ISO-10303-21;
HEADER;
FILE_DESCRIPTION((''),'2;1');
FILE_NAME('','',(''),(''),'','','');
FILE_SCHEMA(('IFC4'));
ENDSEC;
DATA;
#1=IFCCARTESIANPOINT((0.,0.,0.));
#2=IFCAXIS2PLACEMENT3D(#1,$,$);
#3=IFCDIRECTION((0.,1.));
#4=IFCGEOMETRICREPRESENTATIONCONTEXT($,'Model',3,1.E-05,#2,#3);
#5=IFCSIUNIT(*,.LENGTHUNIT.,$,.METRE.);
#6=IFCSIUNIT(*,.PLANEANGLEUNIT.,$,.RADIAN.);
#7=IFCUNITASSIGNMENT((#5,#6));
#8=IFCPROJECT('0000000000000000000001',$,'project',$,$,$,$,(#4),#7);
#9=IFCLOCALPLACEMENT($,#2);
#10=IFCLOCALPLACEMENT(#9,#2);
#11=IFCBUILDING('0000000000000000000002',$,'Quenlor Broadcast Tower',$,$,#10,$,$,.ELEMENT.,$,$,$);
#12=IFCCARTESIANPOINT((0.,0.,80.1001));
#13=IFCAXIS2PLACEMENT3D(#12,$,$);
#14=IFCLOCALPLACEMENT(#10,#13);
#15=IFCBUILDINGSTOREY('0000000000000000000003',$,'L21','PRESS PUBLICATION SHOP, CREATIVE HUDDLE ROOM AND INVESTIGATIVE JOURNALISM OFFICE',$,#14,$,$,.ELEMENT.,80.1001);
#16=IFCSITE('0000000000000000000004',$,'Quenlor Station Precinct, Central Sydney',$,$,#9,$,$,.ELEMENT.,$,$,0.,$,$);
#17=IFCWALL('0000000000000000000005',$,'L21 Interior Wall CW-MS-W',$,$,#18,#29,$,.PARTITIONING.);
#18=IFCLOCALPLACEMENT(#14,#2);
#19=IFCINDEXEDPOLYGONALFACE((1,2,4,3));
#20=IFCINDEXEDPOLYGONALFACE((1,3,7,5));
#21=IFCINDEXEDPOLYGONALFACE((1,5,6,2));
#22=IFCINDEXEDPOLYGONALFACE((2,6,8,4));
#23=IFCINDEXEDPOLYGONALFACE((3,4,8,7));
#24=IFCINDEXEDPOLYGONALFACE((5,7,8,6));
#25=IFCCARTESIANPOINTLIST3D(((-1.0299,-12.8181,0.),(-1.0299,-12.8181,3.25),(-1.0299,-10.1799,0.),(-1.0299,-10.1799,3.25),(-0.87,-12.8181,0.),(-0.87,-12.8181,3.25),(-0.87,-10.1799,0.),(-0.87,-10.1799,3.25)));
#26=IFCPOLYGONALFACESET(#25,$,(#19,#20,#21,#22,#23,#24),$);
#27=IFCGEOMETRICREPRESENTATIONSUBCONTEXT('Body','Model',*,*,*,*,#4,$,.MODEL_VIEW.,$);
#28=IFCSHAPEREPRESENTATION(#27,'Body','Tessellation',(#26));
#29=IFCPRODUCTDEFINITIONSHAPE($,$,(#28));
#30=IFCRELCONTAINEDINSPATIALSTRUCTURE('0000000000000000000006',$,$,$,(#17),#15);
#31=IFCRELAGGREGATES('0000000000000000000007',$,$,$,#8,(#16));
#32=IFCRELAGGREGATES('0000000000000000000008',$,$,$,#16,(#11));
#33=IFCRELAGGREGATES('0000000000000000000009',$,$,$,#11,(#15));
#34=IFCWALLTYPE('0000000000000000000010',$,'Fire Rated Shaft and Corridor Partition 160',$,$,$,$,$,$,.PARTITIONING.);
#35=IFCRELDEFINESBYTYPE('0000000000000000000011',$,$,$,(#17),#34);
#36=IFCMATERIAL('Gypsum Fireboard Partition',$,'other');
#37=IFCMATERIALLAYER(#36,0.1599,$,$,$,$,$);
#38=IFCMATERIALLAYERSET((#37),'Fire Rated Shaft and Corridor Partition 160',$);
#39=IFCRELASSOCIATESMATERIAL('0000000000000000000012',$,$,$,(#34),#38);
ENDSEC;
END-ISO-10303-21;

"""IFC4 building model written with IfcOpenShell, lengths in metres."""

from ifc_helpers import new_model, si_unit, direction, frame, frame_2d, origin, place, context, subcontext, project, spatial, rectangle, extrude, material, layer, layer_set, type_object, element, save


model = new_model("IFC4")

# Units and contexts
model_context = context("Model", 3, precision=1e-05, world=origin(), true_north=direction((0.0, 1.0)))
body_context = subcontext(model_context, "Body", "Model", "MODEL_VIEW")
ifc_project = project(units=[si_unit("LENGTHUNIT", "METRE"), si_unit("PLANEANGLEUNIT", "RADIAN")], contexts=[model_context])

# Site, building, storey
site_placement = place(None, origin())
site = spatial("IfcSite", under=ifc_project, at=site_placement, Name="Quenlor Station Precinct, Central Sydney", CompositionType="ELEMENT", RefElevation=0.0)
building_placement = place(site_placement, origin())
building = spatial("IfcBuilding", under=site, at=building_placement, Name="Quenlor Broadcast Tower", CompositionType="ELEMENT")
storey_placement = place(building_placement, frame((0.0, 0.0, 80.1001)))
storey = spatial("IfcBuildingStorey", under=building, at=storey_placement, Name="L21", Description="PRESS PUBLICATION SHOP, CREATIVE HUDDLE ROOM AND INVESTIGATIVE JOURNALISM OFFICE", CompositionType="ELEMENT", Elevation=80.1001)

# Shared definitions
ifc_material_1 = material(Name="Gypsum Fireboard Partition", Category="other")
ifc_layer_1 = layer(ifc_material_1, 0.1599)
ifc_layer_set_1 = layer_set([ifc_layer_1], Name="Fire Rated Shaft and Corridor Partition 160")
wall_type_1 = type_object("IfcWallType", Name="Fire Rated Shaft and Corridor Partition 160", PredefinedType="PARTITIONING", material=ifc_layer_set_1)

# Wall
wall_1_placement = place(storey_placement, frame((-0.95, -12.8181, 0.0), z_axis=(0.0, 0.0, 1.0), x_axis=(0.0, 1.0, 0.0)))
element("IfcWall", 1, at=wall_1_placement, inside=storey, type_object=wall_type_1, Name="L21 Interior Wall CW-MS-W", PredefinedType="PARTITIONING", context=body_context, shape_type="SweptSolid", body=[
    extrude(rectangle(XDim=2.6382, YDim=0.1599, at=frame_2d((1.3191, 0.0))), origin(), (0.0, 0.0, 1.0), 3.25),
])

save(model, "model.ifc")
